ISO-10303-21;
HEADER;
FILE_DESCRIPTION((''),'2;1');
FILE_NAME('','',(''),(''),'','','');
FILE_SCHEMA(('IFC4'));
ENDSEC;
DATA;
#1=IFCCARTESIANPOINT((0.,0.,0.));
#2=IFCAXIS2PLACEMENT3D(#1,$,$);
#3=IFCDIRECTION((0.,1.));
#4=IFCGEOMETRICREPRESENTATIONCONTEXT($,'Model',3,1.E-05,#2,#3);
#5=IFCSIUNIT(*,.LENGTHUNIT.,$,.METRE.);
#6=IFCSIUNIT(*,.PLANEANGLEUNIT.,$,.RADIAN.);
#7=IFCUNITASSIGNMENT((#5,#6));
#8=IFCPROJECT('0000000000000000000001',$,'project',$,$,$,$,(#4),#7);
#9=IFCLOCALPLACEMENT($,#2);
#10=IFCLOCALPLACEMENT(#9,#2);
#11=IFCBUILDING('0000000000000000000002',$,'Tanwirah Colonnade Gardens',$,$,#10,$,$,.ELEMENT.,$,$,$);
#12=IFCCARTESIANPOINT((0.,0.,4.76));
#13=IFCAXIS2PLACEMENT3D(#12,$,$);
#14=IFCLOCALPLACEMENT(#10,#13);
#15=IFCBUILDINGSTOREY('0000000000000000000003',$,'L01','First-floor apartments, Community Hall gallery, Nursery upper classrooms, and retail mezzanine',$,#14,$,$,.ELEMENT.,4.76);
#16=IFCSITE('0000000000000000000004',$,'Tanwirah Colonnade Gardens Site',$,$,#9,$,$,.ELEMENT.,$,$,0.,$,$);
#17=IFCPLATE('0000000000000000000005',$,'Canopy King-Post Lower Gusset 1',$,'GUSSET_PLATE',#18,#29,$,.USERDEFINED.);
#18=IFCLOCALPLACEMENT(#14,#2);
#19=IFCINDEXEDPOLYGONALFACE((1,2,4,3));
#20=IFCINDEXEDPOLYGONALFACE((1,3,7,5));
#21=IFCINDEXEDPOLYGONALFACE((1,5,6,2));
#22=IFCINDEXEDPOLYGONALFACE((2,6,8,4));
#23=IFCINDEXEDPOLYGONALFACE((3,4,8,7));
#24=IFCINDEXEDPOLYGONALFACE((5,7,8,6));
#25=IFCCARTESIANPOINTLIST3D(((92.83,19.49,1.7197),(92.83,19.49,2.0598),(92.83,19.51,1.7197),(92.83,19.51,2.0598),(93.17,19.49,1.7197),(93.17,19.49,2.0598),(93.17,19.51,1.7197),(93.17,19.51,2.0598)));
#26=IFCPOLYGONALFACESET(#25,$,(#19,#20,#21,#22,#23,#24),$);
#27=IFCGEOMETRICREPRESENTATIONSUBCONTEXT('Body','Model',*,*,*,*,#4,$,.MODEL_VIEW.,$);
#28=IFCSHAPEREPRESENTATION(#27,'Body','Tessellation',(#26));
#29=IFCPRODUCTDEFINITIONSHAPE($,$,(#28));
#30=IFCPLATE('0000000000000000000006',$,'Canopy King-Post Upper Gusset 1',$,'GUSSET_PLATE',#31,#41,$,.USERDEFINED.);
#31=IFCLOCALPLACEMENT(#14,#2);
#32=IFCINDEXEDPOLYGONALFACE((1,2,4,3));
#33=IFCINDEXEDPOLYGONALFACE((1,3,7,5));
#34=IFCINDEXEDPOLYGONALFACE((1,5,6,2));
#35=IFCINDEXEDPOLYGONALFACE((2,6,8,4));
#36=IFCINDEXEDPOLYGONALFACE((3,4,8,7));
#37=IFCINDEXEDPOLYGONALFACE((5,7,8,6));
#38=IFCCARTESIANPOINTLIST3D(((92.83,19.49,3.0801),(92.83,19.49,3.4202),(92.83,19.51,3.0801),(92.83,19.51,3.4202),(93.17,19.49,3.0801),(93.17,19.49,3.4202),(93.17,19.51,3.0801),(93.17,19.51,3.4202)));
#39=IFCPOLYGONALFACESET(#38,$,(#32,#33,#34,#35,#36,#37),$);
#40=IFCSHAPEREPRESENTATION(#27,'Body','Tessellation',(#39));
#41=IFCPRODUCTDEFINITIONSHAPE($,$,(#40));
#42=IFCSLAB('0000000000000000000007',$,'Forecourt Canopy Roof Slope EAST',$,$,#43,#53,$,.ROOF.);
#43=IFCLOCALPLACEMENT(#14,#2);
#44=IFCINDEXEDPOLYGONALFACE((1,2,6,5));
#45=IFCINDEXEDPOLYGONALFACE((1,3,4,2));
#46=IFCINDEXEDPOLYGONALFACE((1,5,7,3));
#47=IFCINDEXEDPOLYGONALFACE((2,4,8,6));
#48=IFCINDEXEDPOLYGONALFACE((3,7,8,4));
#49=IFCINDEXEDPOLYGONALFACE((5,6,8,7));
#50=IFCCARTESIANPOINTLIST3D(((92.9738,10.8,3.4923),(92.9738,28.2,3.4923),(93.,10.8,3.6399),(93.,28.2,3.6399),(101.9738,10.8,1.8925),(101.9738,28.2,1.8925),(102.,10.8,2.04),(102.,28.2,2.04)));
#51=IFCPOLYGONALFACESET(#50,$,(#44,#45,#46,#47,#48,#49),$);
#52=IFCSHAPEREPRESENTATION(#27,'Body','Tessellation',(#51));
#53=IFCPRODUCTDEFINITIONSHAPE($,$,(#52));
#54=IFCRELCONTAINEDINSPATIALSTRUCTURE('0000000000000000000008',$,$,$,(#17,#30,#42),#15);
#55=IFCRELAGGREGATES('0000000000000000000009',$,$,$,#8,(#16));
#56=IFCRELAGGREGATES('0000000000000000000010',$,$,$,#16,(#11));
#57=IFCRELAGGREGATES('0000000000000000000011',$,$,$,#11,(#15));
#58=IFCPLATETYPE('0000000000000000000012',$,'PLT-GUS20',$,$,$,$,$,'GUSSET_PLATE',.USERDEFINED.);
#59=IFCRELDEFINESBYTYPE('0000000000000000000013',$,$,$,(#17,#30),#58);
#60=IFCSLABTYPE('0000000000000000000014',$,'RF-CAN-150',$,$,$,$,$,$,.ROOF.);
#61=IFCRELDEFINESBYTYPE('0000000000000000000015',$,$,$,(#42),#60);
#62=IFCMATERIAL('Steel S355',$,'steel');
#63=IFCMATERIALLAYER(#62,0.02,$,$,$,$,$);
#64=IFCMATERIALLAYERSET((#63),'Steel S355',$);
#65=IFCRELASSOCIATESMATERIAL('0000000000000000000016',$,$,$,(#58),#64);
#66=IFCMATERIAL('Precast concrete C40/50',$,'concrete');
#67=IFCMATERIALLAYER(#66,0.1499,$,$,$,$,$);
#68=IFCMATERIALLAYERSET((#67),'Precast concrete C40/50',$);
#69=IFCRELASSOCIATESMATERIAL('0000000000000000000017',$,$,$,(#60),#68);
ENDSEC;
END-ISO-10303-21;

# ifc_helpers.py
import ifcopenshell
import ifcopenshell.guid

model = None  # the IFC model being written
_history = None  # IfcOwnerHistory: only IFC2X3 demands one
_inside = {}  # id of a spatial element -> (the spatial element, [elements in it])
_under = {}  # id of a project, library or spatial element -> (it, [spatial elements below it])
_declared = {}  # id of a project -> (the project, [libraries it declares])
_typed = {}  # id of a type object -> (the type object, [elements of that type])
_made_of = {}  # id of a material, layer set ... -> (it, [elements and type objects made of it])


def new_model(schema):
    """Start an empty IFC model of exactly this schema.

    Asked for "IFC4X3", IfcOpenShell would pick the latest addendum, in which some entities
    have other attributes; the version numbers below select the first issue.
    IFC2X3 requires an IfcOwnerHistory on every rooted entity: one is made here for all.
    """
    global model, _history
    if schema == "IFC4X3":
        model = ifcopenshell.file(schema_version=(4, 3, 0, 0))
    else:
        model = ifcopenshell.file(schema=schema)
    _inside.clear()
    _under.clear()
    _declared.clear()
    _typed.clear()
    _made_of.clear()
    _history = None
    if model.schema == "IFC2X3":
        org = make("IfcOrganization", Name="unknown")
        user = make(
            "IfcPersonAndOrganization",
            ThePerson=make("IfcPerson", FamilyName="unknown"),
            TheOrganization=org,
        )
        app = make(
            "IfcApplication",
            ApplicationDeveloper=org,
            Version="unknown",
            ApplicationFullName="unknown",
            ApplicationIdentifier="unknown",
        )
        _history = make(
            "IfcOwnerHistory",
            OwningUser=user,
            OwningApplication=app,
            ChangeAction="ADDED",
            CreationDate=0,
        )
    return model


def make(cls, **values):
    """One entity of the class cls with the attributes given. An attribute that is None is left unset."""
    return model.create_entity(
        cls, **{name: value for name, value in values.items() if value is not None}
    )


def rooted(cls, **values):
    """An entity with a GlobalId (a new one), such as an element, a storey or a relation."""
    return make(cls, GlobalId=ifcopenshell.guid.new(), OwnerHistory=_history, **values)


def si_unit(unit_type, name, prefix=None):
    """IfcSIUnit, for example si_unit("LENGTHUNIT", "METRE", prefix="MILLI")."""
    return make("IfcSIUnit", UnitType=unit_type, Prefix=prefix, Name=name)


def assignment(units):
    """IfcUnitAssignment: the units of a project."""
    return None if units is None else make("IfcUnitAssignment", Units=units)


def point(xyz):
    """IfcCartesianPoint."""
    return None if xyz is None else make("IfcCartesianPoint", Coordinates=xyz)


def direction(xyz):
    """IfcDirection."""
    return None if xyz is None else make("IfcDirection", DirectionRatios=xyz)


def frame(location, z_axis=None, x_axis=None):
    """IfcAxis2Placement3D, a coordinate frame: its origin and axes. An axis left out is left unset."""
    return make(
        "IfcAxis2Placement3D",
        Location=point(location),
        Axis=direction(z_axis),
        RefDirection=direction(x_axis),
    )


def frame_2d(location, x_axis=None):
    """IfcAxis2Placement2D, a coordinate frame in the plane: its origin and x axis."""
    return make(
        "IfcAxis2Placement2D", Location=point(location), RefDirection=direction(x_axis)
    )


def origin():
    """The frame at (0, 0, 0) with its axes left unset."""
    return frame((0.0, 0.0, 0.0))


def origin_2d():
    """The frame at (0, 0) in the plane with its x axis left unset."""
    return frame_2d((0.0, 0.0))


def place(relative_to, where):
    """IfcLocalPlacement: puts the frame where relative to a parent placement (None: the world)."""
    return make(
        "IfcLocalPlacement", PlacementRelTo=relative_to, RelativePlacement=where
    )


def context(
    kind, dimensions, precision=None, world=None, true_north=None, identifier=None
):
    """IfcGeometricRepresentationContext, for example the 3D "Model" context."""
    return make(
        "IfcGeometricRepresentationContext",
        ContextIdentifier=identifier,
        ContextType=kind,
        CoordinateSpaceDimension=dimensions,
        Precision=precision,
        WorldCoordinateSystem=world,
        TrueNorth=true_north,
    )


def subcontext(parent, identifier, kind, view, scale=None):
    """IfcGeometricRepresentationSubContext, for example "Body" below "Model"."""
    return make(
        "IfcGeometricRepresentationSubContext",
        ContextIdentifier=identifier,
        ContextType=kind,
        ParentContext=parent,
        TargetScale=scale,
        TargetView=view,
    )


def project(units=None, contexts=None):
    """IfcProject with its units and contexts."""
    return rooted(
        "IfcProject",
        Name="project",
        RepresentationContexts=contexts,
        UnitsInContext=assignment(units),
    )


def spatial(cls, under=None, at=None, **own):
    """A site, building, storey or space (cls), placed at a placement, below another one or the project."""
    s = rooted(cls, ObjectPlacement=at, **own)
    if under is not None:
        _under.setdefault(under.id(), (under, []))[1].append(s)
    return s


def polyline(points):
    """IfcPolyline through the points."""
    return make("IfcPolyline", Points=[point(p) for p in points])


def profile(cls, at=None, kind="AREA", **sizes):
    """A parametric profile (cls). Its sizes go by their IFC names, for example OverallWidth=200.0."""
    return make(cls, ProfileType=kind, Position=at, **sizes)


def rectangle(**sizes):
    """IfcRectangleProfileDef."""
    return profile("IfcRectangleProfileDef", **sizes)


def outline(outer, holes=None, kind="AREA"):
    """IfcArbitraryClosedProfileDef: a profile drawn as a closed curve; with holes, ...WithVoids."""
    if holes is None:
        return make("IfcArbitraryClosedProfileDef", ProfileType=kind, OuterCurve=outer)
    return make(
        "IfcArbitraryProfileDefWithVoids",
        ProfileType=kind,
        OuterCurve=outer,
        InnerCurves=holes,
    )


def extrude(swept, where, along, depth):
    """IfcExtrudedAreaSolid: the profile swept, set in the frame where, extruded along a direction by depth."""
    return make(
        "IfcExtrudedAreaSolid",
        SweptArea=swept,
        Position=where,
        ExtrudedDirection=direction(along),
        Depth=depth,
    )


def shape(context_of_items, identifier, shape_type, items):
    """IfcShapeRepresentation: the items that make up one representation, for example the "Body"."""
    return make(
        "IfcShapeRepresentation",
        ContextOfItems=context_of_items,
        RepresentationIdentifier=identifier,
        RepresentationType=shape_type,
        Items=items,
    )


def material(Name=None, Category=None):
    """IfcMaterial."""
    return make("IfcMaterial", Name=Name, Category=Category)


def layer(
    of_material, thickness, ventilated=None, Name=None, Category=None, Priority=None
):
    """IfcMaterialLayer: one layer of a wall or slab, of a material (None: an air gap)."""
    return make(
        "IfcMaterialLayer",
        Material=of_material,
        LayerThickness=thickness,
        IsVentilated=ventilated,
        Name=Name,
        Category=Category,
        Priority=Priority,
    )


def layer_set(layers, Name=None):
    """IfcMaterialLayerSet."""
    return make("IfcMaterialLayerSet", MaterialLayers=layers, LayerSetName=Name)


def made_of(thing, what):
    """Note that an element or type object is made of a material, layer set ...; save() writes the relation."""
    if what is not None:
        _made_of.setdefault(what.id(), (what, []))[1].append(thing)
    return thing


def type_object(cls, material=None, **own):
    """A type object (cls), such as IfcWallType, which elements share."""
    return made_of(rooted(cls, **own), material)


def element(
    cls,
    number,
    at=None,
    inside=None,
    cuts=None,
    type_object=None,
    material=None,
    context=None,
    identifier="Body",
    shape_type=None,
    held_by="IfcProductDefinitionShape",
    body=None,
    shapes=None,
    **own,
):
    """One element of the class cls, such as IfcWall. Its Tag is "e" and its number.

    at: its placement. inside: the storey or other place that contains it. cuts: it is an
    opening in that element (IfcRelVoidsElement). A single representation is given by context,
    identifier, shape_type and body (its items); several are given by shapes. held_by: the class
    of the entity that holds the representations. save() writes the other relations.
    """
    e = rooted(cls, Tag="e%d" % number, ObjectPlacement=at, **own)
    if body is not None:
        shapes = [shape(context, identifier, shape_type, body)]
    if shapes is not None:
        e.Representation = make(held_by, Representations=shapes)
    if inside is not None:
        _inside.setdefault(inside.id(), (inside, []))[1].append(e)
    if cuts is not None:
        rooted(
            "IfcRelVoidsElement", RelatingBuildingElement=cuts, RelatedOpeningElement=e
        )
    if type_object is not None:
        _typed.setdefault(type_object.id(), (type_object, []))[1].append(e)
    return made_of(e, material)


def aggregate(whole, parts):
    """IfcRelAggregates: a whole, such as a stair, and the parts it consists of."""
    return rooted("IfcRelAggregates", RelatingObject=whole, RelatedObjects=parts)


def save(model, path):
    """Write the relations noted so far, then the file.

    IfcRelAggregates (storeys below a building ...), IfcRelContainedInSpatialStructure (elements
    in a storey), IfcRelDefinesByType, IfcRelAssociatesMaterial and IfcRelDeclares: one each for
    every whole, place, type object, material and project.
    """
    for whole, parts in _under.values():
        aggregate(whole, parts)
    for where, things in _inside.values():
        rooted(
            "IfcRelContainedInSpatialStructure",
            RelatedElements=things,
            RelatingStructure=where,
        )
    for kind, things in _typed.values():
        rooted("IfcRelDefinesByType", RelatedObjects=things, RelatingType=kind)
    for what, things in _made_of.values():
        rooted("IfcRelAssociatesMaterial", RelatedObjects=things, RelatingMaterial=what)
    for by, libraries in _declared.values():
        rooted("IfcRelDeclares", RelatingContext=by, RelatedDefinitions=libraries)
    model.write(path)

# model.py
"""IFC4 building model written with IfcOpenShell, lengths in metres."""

from ifc_helpers import new_model, si_unit, direction, frame, origin, origin_2d, place, context, subcontext, project, spatial, polyline, rectangle, outline, extrude, material, layer, layer_set, type_object, element, save


model = new_model("IFC4")

# Units and contexts
model_context = context("Model", 3, precision=1e-05, world=origin(), true_north=direction((0.0, 1.0)))
body_context = subcontext(model_context, "Body", "Model", "MODEL_VIEW")
ifc_project = project(units=[si_unit("LENGTHUNIT", "METRE"), si_unit("PLANEANGLEUNIT", "RADIAN")], contexts=[model_context])

# Site, building, storey
site_placement = place(None, origin())
site = spatial("IfcSite", under=ifc_project, at=site_placement, Name="Tanwirah Colonnade Gardens Site", CompositionType="ELEMENT", RefElevation=0.0)
building_placement = place(site_placement, origin())
building = spatial("IfcBuilding", under=site, at=building_placement, Name="Tanwirah Colonnade Gardens", CompositionType="ELEMENT")
storey_placement = place(building_placement, frame((0.0, 0.0, 4.76)))
storey = spatial("IfcBuildingStorey", under=building, at=storey_placement, Name="L01", Description="First-floor apartments, Community Hall gallery, Nursery upper classrooms, and retail mezzanine", CompositionType="ELEMENT", Elevation=4.76)

# Shared definitions
ifc_material_1 = material(Name="Precast concrete C40/50", Category="concrete")
ifc_material_2 = material(Name="Steel S355", Category="steel")

# Plates
ifc_layer_1 = layer(ifc_material_2, 0.02)
ifc_layer_set_1 = layer_set([ifc_layer_1], Name="Steel S355")
plate_type_1 = type_object("IfcPlateType", Name="PLT-GUS20", ElementType="GUSSET_PLATE", PredefinedType="USERDEFINED", material=ifc_layer_set_1)
for number, where, z_axis, x_axis, name in (
    (1, (93.0, 19.5, 1.7197), (0.0, 0.0, 1.0), (1.0, 0.0, 0.0), "Canopy King-Post Lower Gusset 1"),
    (2, (93.0, 19.5, 3.0801), (0.0, 0.0, 1.0), (1.0, 0.0, 0.0), "Canopy King-Post Upper Gusset 1"),
):
    element("IfcPlate", number, at=place(storey_placement, frame(where, z_axis=z_axis, x_axis=x_axis)), inside=storey, type_object=plate_type_1, Name=name, ObjectType="GUSSET_PLATE", PredefinedType="USERDEFINED", context=body_context, shape_type="SweptSolid", body=[
        extrude(rectangle(XDim=0.3401, YDim=0.02, at=origin_2d()), origin(), (0.0, 0.0, 1.0), 0.3401),
    ])

# Slab
ifc_layer_2 = layer(ifc_material_1, 0.1499)
ifc_layer_set_2 = layer_set([ifc_layer_2], Name="Precast concrete C40/50")
slab_type = type_object("IfcSlabType", Name="RF-CAN-150", PredefinedType="ROOF", material=ifc_layer_set_2)
slab_placement = place(storey_placement, frame((93.0, 10.8, 3.6399), z_axis=(0.175018, 0.0, 0.984565), x_axis=(0.984565, 0.0, -0.175018)))
element("IfcSlab", 3, at=slab_placement, inside=storey, type_object=slab_type, Name="Forecourt Canopy Roof Slope EAST", PredefinedType="ROOF", context=body_context, shape_type="SweptSolid", body=[
    extrude(outline(polyline([(0.0, 0.0), (9.1411, 0.0), (9.1411, 17.3999), (0.0, 17.3999), (0.0, 0.0)])), origin(), (0.0, 0.0, -1.0), 0.1499),
])

save(model, "model.ifc")
